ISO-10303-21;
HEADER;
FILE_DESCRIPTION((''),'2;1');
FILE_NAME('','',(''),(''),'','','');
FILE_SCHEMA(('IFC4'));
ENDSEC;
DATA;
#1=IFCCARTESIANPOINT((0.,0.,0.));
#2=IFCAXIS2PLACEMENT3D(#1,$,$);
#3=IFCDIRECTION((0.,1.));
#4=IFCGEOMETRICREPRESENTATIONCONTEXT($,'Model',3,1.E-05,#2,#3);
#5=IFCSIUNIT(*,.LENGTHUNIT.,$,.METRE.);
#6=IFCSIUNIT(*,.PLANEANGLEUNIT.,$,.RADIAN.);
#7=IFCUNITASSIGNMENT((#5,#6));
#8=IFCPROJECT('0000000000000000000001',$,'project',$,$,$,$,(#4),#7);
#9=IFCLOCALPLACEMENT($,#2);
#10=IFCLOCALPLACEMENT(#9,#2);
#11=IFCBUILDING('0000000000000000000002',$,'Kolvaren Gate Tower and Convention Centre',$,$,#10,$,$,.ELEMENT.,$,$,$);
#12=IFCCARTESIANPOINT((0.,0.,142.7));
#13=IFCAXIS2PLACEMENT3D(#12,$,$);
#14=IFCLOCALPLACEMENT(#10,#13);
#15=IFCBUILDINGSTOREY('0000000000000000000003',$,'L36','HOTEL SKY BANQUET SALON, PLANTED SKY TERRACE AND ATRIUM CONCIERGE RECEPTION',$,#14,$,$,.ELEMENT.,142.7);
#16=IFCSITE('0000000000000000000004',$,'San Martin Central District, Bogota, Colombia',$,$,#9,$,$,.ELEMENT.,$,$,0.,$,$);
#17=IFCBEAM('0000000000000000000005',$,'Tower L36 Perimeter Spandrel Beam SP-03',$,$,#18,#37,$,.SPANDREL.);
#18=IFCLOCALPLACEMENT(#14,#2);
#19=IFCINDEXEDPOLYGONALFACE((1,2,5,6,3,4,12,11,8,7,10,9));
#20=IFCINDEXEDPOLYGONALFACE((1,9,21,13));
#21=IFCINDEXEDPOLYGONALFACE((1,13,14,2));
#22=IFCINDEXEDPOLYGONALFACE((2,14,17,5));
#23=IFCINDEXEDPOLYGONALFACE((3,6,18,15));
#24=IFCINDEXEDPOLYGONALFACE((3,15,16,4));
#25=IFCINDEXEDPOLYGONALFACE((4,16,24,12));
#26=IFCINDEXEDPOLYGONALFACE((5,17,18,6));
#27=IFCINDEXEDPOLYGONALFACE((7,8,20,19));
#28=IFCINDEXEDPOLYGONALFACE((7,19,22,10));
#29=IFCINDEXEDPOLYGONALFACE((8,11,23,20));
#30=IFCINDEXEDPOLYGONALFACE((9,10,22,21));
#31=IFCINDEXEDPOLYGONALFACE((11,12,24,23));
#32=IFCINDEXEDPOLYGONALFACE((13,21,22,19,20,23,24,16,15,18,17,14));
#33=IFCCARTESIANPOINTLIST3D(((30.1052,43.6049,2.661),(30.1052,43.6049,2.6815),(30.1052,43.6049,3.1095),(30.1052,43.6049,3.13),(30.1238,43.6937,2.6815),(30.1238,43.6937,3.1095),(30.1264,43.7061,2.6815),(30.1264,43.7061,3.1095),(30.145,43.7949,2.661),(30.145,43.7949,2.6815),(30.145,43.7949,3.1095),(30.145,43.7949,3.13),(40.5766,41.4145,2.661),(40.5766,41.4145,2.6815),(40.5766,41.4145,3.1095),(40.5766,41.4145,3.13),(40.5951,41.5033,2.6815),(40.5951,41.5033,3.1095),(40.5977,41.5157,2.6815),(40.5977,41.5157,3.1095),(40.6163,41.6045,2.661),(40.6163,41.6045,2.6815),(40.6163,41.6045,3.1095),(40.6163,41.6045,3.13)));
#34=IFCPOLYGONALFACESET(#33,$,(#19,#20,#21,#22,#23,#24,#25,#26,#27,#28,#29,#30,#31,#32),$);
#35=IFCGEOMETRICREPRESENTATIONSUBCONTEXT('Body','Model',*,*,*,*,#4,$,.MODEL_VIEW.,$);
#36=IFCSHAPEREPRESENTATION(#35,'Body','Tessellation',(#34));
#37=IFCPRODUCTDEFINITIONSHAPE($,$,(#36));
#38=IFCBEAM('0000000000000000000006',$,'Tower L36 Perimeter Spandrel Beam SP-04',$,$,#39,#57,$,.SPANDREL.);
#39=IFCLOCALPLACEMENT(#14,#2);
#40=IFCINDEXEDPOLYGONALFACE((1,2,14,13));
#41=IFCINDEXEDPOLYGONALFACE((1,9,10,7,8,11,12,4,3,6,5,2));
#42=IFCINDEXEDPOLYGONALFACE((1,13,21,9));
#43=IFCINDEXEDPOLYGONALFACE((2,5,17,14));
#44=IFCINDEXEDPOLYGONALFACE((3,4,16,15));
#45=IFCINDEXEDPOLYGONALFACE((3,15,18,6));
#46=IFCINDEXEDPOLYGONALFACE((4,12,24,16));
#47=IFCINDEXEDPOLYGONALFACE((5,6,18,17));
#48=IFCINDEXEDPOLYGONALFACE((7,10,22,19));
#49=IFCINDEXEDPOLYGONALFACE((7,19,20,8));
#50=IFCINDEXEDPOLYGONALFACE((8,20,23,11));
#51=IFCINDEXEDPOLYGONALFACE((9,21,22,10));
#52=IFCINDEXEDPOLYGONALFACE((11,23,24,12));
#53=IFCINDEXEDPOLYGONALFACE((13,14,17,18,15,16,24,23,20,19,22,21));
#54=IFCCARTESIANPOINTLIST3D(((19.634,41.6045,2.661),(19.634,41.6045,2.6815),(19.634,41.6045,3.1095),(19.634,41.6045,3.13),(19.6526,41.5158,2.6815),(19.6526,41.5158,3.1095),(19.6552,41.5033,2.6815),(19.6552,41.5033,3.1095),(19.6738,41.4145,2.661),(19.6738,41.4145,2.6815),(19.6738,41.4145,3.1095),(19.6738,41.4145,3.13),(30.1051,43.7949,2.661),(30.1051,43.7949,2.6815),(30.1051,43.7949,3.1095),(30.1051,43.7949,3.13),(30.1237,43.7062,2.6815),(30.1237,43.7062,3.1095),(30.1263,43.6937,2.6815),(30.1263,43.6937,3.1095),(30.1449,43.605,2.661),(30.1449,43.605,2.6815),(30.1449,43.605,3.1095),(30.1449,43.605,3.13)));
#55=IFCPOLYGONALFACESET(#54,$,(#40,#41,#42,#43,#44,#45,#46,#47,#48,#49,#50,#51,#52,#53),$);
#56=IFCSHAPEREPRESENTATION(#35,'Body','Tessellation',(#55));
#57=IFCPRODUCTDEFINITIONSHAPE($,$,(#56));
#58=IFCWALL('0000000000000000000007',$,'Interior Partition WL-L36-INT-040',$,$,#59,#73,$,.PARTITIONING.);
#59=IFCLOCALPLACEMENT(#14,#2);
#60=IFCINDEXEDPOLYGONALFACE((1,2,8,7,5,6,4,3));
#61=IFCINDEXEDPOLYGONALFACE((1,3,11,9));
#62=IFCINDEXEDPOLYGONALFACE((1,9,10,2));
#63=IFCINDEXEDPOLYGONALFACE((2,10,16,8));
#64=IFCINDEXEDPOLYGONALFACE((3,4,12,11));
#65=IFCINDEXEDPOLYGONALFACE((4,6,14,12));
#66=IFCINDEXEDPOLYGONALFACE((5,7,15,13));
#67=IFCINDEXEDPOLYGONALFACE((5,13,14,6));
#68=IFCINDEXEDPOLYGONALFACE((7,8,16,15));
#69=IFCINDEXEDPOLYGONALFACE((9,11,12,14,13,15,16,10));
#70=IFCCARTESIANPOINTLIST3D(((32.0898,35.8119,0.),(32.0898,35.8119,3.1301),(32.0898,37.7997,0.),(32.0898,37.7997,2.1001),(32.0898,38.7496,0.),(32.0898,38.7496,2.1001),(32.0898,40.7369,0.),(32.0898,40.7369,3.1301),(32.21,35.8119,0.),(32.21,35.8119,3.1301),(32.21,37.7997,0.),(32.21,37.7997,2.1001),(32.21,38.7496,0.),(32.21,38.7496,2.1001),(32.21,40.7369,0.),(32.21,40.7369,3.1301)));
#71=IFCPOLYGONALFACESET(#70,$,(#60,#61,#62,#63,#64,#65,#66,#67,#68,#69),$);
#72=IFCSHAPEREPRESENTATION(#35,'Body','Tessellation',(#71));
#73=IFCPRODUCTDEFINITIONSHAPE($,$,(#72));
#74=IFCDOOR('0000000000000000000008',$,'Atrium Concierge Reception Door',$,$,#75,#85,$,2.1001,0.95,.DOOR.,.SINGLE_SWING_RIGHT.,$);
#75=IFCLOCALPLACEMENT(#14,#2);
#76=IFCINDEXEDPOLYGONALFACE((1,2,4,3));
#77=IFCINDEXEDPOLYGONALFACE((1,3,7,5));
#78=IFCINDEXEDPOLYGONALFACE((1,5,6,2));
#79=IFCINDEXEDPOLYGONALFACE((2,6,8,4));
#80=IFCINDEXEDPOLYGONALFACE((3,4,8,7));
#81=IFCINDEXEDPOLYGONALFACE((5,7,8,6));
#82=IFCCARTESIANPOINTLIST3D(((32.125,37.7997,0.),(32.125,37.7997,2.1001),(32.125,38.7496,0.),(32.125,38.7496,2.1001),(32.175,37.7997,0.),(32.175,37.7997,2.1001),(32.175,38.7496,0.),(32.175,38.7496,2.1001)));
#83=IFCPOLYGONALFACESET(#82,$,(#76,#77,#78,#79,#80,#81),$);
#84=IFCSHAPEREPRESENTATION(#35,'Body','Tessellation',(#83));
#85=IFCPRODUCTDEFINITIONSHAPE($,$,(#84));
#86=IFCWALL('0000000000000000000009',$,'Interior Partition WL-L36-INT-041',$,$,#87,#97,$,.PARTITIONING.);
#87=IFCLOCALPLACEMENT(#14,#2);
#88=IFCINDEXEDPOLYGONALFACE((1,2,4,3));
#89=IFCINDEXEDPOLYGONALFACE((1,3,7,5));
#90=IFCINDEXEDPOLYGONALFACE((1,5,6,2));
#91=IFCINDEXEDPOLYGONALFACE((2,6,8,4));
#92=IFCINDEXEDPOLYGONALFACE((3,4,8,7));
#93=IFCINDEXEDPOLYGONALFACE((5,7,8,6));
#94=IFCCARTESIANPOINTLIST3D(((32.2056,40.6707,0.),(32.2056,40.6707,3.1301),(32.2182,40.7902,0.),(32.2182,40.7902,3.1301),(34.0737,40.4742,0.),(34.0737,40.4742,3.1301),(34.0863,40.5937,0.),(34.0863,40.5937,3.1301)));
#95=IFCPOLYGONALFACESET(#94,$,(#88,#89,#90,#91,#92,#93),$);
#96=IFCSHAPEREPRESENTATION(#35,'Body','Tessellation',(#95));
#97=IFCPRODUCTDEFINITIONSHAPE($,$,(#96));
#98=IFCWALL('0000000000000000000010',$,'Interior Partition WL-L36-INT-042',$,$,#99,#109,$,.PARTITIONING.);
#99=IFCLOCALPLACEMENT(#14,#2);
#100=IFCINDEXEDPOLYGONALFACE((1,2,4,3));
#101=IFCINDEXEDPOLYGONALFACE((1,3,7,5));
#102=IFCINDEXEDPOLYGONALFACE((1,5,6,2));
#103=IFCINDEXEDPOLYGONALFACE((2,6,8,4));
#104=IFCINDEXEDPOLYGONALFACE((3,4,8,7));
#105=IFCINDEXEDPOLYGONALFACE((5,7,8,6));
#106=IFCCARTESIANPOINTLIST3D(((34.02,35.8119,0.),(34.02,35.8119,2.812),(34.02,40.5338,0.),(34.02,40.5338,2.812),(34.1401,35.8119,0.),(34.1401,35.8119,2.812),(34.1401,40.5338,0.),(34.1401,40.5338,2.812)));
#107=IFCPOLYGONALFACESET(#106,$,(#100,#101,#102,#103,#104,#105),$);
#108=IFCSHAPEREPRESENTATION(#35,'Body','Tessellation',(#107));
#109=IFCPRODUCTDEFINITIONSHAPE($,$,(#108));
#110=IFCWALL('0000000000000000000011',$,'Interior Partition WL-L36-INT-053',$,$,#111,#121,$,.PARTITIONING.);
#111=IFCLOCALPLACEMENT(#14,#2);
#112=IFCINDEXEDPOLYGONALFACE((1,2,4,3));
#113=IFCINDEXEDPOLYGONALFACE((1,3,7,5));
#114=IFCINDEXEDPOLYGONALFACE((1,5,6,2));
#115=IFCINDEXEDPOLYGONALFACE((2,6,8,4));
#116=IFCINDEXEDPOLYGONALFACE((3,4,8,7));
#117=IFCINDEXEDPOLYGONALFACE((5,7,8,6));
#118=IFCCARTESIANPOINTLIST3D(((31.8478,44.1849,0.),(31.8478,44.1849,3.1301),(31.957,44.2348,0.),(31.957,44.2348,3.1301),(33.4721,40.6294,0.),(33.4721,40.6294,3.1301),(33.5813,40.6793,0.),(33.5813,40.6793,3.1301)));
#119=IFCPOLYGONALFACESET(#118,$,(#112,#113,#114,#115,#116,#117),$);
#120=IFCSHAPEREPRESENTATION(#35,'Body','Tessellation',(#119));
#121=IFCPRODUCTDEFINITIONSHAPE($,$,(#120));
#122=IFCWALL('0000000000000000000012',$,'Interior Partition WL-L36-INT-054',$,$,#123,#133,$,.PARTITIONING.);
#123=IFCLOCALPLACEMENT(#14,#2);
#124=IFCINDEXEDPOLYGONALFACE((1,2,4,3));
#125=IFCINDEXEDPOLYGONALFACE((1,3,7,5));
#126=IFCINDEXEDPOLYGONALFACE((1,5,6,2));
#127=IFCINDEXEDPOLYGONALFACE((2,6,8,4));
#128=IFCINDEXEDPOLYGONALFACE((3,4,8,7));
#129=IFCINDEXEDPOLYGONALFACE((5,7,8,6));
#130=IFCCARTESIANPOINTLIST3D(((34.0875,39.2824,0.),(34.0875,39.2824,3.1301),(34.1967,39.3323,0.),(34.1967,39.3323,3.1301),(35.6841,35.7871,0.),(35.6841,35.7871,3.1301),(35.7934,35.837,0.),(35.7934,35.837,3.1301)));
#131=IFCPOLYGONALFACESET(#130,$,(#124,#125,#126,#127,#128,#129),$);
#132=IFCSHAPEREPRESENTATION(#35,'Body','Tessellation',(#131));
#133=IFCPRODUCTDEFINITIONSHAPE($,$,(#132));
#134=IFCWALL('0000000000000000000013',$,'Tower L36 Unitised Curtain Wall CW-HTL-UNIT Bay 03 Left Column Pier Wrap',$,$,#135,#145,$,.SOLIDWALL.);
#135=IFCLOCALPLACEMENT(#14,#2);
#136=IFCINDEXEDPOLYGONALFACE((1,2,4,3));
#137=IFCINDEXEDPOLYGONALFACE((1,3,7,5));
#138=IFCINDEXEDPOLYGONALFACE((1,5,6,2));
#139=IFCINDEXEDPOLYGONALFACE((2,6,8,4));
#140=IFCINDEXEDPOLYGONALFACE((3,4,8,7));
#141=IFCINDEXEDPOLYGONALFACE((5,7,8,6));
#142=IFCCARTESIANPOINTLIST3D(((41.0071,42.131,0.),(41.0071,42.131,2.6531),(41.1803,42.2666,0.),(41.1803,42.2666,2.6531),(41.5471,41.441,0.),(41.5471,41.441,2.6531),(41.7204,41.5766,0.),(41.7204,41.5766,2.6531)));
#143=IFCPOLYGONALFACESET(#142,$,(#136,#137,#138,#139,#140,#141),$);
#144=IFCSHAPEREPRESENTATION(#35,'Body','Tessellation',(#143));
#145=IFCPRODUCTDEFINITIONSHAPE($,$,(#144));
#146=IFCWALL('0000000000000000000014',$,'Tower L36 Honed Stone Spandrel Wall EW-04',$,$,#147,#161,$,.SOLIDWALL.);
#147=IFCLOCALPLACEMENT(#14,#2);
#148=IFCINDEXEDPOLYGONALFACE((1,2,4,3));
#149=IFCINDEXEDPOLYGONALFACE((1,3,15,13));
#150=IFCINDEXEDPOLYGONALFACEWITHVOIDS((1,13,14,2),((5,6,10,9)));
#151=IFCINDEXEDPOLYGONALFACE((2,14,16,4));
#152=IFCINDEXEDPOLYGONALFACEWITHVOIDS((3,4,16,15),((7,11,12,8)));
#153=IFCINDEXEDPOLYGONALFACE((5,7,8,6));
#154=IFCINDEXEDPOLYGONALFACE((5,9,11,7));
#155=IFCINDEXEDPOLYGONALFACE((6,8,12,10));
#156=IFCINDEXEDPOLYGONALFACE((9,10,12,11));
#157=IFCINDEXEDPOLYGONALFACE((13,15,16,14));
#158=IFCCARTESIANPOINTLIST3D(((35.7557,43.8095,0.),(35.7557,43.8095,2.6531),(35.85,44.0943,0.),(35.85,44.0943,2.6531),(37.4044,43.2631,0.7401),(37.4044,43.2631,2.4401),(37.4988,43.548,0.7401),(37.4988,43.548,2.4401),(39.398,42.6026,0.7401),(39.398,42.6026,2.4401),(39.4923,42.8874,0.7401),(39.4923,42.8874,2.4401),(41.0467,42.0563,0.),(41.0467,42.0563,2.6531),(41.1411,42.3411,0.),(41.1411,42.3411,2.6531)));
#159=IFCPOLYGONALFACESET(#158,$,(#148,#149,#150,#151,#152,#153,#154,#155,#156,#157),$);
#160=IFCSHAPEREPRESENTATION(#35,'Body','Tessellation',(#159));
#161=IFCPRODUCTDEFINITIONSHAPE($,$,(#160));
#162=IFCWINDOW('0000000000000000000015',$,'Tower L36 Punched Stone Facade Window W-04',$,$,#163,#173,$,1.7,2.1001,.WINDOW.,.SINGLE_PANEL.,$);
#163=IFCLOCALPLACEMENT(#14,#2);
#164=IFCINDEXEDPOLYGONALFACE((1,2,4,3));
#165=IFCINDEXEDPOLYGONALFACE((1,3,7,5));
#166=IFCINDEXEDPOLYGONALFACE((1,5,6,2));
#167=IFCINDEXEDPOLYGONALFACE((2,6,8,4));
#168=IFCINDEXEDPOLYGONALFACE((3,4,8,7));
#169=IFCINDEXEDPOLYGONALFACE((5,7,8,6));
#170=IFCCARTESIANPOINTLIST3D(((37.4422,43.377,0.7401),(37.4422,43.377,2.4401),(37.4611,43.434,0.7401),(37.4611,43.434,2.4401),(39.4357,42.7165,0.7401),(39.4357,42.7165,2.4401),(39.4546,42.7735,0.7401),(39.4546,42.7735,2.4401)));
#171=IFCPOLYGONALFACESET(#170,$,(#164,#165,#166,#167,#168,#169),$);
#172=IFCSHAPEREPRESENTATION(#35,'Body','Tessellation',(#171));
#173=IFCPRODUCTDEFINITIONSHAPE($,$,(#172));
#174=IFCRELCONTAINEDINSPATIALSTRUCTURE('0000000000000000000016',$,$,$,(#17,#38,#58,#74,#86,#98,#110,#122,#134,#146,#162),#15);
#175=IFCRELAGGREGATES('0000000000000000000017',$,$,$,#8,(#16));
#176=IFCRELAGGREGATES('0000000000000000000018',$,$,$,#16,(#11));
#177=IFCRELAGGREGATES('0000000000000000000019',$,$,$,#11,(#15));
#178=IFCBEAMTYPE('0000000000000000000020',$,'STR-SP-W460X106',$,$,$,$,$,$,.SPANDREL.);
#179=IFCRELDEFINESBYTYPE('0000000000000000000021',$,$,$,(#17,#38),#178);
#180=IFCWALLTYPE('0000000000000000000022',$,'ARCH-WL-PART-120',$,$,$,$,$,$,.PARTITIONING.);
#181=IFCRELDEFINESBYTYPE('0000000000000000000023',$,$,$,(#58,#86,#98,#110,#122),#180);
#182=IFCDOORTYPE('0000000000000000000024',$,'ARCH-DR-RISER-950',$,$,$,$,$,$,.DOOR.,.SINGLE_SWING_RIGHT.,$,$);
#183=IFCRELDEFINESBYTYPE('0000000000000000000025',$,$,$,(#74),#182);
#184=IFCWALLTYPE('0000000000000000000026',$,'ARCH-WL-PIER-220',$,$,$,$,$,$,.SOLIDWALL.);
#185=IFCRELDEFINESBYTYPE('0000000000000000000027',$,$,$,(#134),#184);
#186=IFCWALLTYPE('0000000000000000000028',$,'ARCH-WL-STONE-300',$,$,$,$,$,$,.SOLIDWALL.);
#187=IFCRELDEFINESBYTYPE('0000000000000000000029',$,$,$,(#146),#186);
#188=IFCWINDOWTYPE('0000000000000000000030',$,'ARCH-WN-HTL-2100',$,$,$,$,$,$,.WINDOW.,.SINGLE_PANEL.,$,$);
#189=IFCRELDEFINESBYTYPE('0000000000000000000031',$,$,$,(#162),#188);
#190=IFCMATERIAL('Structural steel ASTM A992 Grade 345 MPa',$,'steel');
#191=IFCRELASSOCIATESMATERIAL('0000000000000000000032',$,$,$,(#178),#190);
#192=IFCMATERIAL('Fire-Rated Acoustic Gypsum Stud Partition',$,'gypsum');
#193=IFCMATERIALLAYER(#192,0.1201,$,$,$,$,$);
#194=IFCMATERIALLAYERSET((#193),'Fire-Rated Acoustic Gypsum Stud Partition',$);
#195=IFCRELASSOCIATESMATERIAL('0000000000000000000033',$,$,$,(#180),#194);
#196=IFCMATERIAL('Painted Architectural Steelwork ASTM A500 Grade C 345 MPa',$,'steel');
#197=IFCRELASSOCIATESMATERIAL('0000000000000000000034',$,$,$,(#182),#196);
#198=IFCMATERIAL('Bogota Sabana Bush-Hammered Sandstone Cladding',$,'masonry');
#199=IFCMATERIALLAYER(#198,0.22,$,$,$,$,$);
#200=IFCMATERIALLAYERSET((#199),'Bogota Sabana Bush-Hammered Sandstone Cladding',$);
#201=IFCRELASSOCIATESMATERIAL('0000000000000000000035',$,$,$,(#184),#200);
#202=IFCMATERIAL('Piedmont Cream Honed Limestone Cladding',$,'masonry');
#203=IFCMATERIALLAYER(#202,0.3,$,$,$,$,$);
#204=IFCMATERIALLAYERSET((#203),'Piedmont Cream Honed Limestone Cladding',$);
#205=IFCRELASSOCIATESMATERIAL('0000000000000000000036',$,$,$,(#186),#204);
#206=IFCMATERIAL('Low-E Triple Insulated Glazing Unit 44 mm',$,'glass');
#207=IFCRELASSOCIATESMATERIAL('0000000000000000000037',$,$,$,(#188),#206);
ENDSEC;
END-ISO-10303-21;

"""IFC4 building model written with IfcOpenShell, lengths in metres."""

from ifc_helpers import new_model, si_unit, direction, frame, frame_2d, origin, origin_2d, place, context, subcontext, project, spatial, rectangle, i_section, extrude, material, layer, layer_set, material_profile, profile_set, type_object, element, fill, save


model = new_model("IFC4")

# Units and contexts
model_context = context("Model", 3, precision=1e-05, world=origin(), true_north=direction((0.0, 1.0)))
body_context = subcontext(model_context, "Body", "Model", "MODEL_VIEW")
ifc_project = project(units=[si_unit("LENGTHUNIT", "METRE"), si_unit("PLANEANGLEUNIT", "RADIAN")], contexts=[model_context])

# Site, building, storey
site_placement = place(None, origin())
site = spatial("IfcSite", under=ifc_project, at=site_placement, Name="San Martin Central District, Bogota, Colombia", CompositionType="ELEMENT", RefElevation=0.0)
building_placement = place(site_placement, origin())
building = spatial("IfcBuilding", under=site, at=building_placement, Name="Kolvaren Gate Tower and Convention Centre", CompositionType="ELEMENT")
storey_placement = place(building_placement, frame((0.0, 0.0, 142.7)))
storey = spatial("IfcBuildingStorey", under=building, at=storey_placement, Name="L36", Description="HOTEL SKY BANQUET SALON, PLANTED SKY TERRACE AND ATRIUM CONCIERGE RECEPTION", CompositionType="ELEMENT", Elevation=142.7)

# Beams
ifc_material_1 = material(Name="Structural steel ASTM A992 Grade 345 MPa", Category="steel")
ifc_material_profile_1 = material_profile(ifc_material_1, i_section(OverallWidth=0.1941, OverallDepth=0.469, WebThickness=0.0127, FlangeThickness=0.0205, at=origin_2d()), Name="W460X106")
ifc_profile_set_1 = profile_set([ifc_material_profile_1], Name="Structural steel ASTM A992 Grade 345 MPa")
beam_type_1 = type_object("IfcBeamType", Name="STR-SP-W460X106", PredefinedType="SPANDREL", material=ifc_profile_set_1)
beam_1_placement = place(storey_placement, frame((40.5964, 41.5095, 2.8955), z_axis=(-0.978814, 0.20475, 0.0), x_axis=(-0.20475, -0.978814, 0.0)))
element("IfcBeam", 1, at=beam_1_placement, inside=storey, type_object=beam_type_1, Name="Tower L36 Perimeter Spandrel Beam SP-03", PredefinedType="SPANDREL", context=body_context, shape_type="SweptSolid", body=[
    extrude(i_section(OverallWidth=0.1941, OverallDepth=0.469, WebThickness=0.0127, FlangeThickness=0.0205, at=origin_2d()), origin(), (0.0, 0.0, 1.0), 10.698),
])
beam_2_placement = place(storey_placement, frame((30.125, 43.7, 2.8955), z_axis=(-0.978813, -0.204754, 0.0), x_axis=(0.204754, -0.978813, 0.0)))
element("IfcBeam", 2, at=beam_2_placement, inside=storey, type_object=beam_type_1, Name="Tower L36 Perimeter Spandrel Beam SP-04", PredefinedType="SPANDREL", context=body_context, shape_type="SweptSolid", body=[
    extrude(i_section(OverallWidth=0.1941, OverallDepth=0.469, WebThickness=0.0127, FlangeThickness=0.0205, at=origin_2d()), origin(), (0.0, 0.0, 1.0), 10.6978),
])

# Wall, opening, door
ifc_material_2 = material(Name="Fire-Rated Acoustic Gypsum Stud Partition", Category="gypsum")
ifc_layer_1 = layer(ifc_material_2, 0.1201)
ifc_layer_set_1 = layer_set([ifc_layer_1], Name="Fire-Rated Acoustic Gypsum Stud Partition")
wall_type_1 = type_object("IfcWallType", Name="ARCH-WL-PART-120", PredefinedType="PARTITIONING", material=ifc_layer_set_1)
wall_1_placement = place(storey_placement, frame((32.1499, 35.812, 0.0), z_axis=(0.0, 0.0, 1.0), x_axis=(0.0, 1.0, 0.0)))
wall_1 = element("IfcWall", 3, at=wall_1_placement, inside=storey, type_object=wall_type_1, Name="Interior Partition WL-L36-INT-040", PredefinedType="PARTITIONING", context=body_context, shape_type="SweptSolid", body=[
    extrude(rectangle(XDim=4.925, YDim=0.1201, at=frame_2d((2.4624, 0.0))), origin(), (0.0, 0.0, 1.0), 3.1301),
])
opening_1_placement = place(wall_1_placement, frame((1.9875, 0.0, 0.0)))
opening_1 = element("IfcOpeningElement", 4, at=opening_1_placement, cuts=wall_1, PredefinedType="OPENING", context=body_context, shape_type="SweptSolid", body=[
    extrude(rectangle(XDim=0.95, YDim=2.1001, at=frame_2d((0.4751, 1.05))), frame((0.0, 0.0701, 0.0), z_axis=(0.0, -1.0, 0.0), x_axis=(1.0, 0.0, 0.0)), (0.0, 0.0, 1.0), 0.1401),
])
ifc_material_3 = material(Name="Painted Architectural Steelwork ASTM A500 Grade C 345 MPa", Category="steel")
door_type = type_object("IfcDoorType", Name="ARCH-DR-RISER-950", OperationType="SINGLE_SWING_RIGHT", PredefinedType="DOOR", material=ifc_material_3)
door_placement = place(opening_1_placement, origin())
door = element("IfcDoor", 5, at=door_placement, inside=storey, type_object=door_type, Name="Atrium Concierge Reception Door", OperationType="SINGLE_SWING_RIGHT", OverallHeight=2.1001, OverallWidth=0.95, PredefinedType="DOOR", context=body_context, shape_type="SweptSolid", body=[
    extrude(rectangle(XDim=0.95, YDim=2.1001, at=frame_2d((0.4751, 1.05))), frame((0.0, 0.0249, 0.0), z_axis=(0.0, -1.0, 0.0), x_axis=(1.0, 0.0, 0.0)), (0.0, 0.0, 1.0), 0.05),
])
fill(opening_1, door)

# Walls
wall_2_placement = place(storey_placement, frame((32.2119, 40.7305, 0.0), z_axis=(0.0, 0.0, 1.0), x_axis=(0.994512, -0.104624, 0.0)))
element("IfcWall", 6, at=wall_2_placement, inside=storey, type_object=wall_type_1, Name="Interior Partition WL-L36-INT-041", PredefinedType="PARTITIONING", context=body_context, shape_type="SweptSolid", body=[
    extrude(rectangle(XDim=1.8784, YDim=0.1201, at=frame_2d((0.9392, 0.0))), origin(), (0.0, 0.0, 1.0), 3.1301),
])
wall_3_placement = place(storey_placement, frame((34.0801, 35.812, 0.0), z_axis=(0.0, 0.0, 1.0), x_axis=(0.0, 1.0, 0.0)))
element("IfcWall", 7, at=wall_3_placement, inside=storey, type_object=wall_type_1, Name="Interior Partition WL-L36-INT-042", PredefinedType="PARTITIONING", context=body_context, shape_type="SweptSolid", body=[
    extrude(rectangle(XDim=4.7219, YDim=0.1201, at=frame_2d((2.3608, 0.0))), origin(), (0.0, 0.0, 1.0), 2.812),
])
wall_4_placement = place(storey_placement, frame((31.9023, 44.21, 0.0), z_axis=(0.0, 0.0, 1.0), x_axis=(0.415534, -0.909578, 0.0)))
element("IfcWall", 8, at=wall_4_placement, inside=storey, type_object=wall_type_1, Name="Interior Partition WL-L36-INT-053", PredefinedType="PARTITIONING", context=body_context, shape_type="SweptSolid", body=[
    extrude(rectangle(XDim=3.9089, YDim=0.1201, at=frame_2d((1.9546, 0.0))), origin(), (0.0, 0.0, 1.0), 3.1301),
])
wall_5_placement = place(storey_placement, frame((34.1421, 39.3074, 0.0), z_axis=(0.0, 0.0, 1.0), x_axis=(0.415501, -0.909592, 0.0)))
element("IfcWall", 9, at=wall_5_placement, inside=storey, type_object=wall_type_1, Name="Interior Partition WL-L36-INT-054", PredefinedType="PARTITIONING", context=body_context, shape_type="SweptSolid", body=[
    extrude(rectangle(XDim=3.8428, YDim=0.1201, at=frame_2d((1.9214, 0.0))), origin(), (0.0, 0.0, 1.0), 3.1301),
])
ifc_material_4 = material(Name="Bogota Sabana Bush-Hammered Sandstone Cladding", Category="masonry")
ifc_layer_2 = layer(ifc_material_4, 0.22)
ifc_layer_set_2 = layer_set([ifc_layer_2], Name="Bogota Sabana Bush-Hammered Sandstone Cladding")
wall_type_2 = type_object("IfcWallType", Name="ARCH-WL-PIER-220", PredefinedType="SOLIDWALL", material=ifc_layer_set_2)
wall_6_placement = place(storey_placement, frame((41.0938, 42.1987, 0.0), z_axis=(0.0, 0.0, 1.0), x_axis=(0.616368, -0.787458, 0.0)))
element("IfcWall", 10, at=wall_6_placement, inside=storey, type_object=wall_type_2, Name="Tower L36 Unitised Curtain Wall CW-HTL-UNIT Bay 03 Left Column Pier Wrap", PredefinedType="SOLIDWALL", context=body_context, shape_type="SweptSolid", body=[
    extrude(rectangle(XDim=0.8762, YDim=0.22, at=frame_2d((0.438, 0.0))), origin(), (0.0, 0.0, 1.0), 2.6531),
])

# Wall, opening, window
ifc_material_5 = material(Name="Piedmont Cream Honed Limestone Cladding", Category="masonry")
ifc_layer_3 = layer(ifc_material_5, 0.3)
ifc_layer_set_3 = layer_set([ifc_layer_3], Name="Piedmont Cream Honed Limestone Cladding")
wall_type_3 = type_object("IfcWallType", Name="ARCH-WL-STONE-300", PredefinedType="SOLIDWALL", material=ifc_layer_set_3)
wall_7_placement = place(storey_placement, frame((35.8027, 43.9519, 0.0), z_axis=(0.0, 0.0, 1.0), x_axis=(0.949247, -0.314532, 0.0)))
wall_7 = element("IfcWall", 11, at=wall_7_placement, inside=storey, type_object=wall_type_3, Name="Tower L36 Honed Stone Spandrel Wall EW-04", PredefinedType="SOLIDWALL", context=body_context, shape_type="SweptSolid", body=[
    extrude(rectangle(XDim=5.574, YDim=0.3, at=frame_2d((2.7871, 0.0))), origin(), (0.0, 0.0, 1.0), 2.6531),
])
opening_2_placement = place(wall_7_placement, frame((1.7371, 0.0, 0.74)))
opening_2 = element("IfcOpeningElement", 12, at=opening_2_placement, cuts=wall_7, PredefinedType="OPENING", context=body_context, shape_type="SweptSolid", body=[
    extrude(rectangle(XDim=2.1001, YDim=1.7, at=frame_2d((1.05, 0.8501))), frame((0.0, 0.1599, 0.0), z_axis=(0.0, -1.0, 0.0), x_axis=(1.0, 0.0, 0.0)), (0.0, 0.0, 1.0), 0.3201),
])
ifc_material_6 = material(Name="Low-E Triple Insulated Glazing Unit 44 mm", Category="glass")
window_type = type_object("IfcWindowType", Name="ARCH-WN-HTL-2100", PartitioningType="SINGLE_PANEL", PredefinedType="WINDOW", material=ifc_material_6)
window_1_placement = place(opening_2_placement, origin())
window_1 = element("IfcWindow", 13, at=window_1_placement, inside=storey, type_object=window_type, Name="Tower L36 Punched Stone Facade Window W-04", OverallHeight=1.7, OverallWidth=2.1001, PartitioningType="SINGLE_PANEL", PredefinedType="WINDOW", context=body_context, shape_type="SweptSolid", body=[
    extrude(rectangle(XDim=2.1001, YDim=1.7, at=frame_2d((1.05, 0.8501))), frame((0.0, 0.03, 0.0), z_axis=(0.0, -1.0, 0.0), x_axis=(1.0, 0.0, 0.0)), (0.0, 0.0, 1.0), 0.0601),
])
fill(opening_2, window_1)

save(model, "model.ifc")
